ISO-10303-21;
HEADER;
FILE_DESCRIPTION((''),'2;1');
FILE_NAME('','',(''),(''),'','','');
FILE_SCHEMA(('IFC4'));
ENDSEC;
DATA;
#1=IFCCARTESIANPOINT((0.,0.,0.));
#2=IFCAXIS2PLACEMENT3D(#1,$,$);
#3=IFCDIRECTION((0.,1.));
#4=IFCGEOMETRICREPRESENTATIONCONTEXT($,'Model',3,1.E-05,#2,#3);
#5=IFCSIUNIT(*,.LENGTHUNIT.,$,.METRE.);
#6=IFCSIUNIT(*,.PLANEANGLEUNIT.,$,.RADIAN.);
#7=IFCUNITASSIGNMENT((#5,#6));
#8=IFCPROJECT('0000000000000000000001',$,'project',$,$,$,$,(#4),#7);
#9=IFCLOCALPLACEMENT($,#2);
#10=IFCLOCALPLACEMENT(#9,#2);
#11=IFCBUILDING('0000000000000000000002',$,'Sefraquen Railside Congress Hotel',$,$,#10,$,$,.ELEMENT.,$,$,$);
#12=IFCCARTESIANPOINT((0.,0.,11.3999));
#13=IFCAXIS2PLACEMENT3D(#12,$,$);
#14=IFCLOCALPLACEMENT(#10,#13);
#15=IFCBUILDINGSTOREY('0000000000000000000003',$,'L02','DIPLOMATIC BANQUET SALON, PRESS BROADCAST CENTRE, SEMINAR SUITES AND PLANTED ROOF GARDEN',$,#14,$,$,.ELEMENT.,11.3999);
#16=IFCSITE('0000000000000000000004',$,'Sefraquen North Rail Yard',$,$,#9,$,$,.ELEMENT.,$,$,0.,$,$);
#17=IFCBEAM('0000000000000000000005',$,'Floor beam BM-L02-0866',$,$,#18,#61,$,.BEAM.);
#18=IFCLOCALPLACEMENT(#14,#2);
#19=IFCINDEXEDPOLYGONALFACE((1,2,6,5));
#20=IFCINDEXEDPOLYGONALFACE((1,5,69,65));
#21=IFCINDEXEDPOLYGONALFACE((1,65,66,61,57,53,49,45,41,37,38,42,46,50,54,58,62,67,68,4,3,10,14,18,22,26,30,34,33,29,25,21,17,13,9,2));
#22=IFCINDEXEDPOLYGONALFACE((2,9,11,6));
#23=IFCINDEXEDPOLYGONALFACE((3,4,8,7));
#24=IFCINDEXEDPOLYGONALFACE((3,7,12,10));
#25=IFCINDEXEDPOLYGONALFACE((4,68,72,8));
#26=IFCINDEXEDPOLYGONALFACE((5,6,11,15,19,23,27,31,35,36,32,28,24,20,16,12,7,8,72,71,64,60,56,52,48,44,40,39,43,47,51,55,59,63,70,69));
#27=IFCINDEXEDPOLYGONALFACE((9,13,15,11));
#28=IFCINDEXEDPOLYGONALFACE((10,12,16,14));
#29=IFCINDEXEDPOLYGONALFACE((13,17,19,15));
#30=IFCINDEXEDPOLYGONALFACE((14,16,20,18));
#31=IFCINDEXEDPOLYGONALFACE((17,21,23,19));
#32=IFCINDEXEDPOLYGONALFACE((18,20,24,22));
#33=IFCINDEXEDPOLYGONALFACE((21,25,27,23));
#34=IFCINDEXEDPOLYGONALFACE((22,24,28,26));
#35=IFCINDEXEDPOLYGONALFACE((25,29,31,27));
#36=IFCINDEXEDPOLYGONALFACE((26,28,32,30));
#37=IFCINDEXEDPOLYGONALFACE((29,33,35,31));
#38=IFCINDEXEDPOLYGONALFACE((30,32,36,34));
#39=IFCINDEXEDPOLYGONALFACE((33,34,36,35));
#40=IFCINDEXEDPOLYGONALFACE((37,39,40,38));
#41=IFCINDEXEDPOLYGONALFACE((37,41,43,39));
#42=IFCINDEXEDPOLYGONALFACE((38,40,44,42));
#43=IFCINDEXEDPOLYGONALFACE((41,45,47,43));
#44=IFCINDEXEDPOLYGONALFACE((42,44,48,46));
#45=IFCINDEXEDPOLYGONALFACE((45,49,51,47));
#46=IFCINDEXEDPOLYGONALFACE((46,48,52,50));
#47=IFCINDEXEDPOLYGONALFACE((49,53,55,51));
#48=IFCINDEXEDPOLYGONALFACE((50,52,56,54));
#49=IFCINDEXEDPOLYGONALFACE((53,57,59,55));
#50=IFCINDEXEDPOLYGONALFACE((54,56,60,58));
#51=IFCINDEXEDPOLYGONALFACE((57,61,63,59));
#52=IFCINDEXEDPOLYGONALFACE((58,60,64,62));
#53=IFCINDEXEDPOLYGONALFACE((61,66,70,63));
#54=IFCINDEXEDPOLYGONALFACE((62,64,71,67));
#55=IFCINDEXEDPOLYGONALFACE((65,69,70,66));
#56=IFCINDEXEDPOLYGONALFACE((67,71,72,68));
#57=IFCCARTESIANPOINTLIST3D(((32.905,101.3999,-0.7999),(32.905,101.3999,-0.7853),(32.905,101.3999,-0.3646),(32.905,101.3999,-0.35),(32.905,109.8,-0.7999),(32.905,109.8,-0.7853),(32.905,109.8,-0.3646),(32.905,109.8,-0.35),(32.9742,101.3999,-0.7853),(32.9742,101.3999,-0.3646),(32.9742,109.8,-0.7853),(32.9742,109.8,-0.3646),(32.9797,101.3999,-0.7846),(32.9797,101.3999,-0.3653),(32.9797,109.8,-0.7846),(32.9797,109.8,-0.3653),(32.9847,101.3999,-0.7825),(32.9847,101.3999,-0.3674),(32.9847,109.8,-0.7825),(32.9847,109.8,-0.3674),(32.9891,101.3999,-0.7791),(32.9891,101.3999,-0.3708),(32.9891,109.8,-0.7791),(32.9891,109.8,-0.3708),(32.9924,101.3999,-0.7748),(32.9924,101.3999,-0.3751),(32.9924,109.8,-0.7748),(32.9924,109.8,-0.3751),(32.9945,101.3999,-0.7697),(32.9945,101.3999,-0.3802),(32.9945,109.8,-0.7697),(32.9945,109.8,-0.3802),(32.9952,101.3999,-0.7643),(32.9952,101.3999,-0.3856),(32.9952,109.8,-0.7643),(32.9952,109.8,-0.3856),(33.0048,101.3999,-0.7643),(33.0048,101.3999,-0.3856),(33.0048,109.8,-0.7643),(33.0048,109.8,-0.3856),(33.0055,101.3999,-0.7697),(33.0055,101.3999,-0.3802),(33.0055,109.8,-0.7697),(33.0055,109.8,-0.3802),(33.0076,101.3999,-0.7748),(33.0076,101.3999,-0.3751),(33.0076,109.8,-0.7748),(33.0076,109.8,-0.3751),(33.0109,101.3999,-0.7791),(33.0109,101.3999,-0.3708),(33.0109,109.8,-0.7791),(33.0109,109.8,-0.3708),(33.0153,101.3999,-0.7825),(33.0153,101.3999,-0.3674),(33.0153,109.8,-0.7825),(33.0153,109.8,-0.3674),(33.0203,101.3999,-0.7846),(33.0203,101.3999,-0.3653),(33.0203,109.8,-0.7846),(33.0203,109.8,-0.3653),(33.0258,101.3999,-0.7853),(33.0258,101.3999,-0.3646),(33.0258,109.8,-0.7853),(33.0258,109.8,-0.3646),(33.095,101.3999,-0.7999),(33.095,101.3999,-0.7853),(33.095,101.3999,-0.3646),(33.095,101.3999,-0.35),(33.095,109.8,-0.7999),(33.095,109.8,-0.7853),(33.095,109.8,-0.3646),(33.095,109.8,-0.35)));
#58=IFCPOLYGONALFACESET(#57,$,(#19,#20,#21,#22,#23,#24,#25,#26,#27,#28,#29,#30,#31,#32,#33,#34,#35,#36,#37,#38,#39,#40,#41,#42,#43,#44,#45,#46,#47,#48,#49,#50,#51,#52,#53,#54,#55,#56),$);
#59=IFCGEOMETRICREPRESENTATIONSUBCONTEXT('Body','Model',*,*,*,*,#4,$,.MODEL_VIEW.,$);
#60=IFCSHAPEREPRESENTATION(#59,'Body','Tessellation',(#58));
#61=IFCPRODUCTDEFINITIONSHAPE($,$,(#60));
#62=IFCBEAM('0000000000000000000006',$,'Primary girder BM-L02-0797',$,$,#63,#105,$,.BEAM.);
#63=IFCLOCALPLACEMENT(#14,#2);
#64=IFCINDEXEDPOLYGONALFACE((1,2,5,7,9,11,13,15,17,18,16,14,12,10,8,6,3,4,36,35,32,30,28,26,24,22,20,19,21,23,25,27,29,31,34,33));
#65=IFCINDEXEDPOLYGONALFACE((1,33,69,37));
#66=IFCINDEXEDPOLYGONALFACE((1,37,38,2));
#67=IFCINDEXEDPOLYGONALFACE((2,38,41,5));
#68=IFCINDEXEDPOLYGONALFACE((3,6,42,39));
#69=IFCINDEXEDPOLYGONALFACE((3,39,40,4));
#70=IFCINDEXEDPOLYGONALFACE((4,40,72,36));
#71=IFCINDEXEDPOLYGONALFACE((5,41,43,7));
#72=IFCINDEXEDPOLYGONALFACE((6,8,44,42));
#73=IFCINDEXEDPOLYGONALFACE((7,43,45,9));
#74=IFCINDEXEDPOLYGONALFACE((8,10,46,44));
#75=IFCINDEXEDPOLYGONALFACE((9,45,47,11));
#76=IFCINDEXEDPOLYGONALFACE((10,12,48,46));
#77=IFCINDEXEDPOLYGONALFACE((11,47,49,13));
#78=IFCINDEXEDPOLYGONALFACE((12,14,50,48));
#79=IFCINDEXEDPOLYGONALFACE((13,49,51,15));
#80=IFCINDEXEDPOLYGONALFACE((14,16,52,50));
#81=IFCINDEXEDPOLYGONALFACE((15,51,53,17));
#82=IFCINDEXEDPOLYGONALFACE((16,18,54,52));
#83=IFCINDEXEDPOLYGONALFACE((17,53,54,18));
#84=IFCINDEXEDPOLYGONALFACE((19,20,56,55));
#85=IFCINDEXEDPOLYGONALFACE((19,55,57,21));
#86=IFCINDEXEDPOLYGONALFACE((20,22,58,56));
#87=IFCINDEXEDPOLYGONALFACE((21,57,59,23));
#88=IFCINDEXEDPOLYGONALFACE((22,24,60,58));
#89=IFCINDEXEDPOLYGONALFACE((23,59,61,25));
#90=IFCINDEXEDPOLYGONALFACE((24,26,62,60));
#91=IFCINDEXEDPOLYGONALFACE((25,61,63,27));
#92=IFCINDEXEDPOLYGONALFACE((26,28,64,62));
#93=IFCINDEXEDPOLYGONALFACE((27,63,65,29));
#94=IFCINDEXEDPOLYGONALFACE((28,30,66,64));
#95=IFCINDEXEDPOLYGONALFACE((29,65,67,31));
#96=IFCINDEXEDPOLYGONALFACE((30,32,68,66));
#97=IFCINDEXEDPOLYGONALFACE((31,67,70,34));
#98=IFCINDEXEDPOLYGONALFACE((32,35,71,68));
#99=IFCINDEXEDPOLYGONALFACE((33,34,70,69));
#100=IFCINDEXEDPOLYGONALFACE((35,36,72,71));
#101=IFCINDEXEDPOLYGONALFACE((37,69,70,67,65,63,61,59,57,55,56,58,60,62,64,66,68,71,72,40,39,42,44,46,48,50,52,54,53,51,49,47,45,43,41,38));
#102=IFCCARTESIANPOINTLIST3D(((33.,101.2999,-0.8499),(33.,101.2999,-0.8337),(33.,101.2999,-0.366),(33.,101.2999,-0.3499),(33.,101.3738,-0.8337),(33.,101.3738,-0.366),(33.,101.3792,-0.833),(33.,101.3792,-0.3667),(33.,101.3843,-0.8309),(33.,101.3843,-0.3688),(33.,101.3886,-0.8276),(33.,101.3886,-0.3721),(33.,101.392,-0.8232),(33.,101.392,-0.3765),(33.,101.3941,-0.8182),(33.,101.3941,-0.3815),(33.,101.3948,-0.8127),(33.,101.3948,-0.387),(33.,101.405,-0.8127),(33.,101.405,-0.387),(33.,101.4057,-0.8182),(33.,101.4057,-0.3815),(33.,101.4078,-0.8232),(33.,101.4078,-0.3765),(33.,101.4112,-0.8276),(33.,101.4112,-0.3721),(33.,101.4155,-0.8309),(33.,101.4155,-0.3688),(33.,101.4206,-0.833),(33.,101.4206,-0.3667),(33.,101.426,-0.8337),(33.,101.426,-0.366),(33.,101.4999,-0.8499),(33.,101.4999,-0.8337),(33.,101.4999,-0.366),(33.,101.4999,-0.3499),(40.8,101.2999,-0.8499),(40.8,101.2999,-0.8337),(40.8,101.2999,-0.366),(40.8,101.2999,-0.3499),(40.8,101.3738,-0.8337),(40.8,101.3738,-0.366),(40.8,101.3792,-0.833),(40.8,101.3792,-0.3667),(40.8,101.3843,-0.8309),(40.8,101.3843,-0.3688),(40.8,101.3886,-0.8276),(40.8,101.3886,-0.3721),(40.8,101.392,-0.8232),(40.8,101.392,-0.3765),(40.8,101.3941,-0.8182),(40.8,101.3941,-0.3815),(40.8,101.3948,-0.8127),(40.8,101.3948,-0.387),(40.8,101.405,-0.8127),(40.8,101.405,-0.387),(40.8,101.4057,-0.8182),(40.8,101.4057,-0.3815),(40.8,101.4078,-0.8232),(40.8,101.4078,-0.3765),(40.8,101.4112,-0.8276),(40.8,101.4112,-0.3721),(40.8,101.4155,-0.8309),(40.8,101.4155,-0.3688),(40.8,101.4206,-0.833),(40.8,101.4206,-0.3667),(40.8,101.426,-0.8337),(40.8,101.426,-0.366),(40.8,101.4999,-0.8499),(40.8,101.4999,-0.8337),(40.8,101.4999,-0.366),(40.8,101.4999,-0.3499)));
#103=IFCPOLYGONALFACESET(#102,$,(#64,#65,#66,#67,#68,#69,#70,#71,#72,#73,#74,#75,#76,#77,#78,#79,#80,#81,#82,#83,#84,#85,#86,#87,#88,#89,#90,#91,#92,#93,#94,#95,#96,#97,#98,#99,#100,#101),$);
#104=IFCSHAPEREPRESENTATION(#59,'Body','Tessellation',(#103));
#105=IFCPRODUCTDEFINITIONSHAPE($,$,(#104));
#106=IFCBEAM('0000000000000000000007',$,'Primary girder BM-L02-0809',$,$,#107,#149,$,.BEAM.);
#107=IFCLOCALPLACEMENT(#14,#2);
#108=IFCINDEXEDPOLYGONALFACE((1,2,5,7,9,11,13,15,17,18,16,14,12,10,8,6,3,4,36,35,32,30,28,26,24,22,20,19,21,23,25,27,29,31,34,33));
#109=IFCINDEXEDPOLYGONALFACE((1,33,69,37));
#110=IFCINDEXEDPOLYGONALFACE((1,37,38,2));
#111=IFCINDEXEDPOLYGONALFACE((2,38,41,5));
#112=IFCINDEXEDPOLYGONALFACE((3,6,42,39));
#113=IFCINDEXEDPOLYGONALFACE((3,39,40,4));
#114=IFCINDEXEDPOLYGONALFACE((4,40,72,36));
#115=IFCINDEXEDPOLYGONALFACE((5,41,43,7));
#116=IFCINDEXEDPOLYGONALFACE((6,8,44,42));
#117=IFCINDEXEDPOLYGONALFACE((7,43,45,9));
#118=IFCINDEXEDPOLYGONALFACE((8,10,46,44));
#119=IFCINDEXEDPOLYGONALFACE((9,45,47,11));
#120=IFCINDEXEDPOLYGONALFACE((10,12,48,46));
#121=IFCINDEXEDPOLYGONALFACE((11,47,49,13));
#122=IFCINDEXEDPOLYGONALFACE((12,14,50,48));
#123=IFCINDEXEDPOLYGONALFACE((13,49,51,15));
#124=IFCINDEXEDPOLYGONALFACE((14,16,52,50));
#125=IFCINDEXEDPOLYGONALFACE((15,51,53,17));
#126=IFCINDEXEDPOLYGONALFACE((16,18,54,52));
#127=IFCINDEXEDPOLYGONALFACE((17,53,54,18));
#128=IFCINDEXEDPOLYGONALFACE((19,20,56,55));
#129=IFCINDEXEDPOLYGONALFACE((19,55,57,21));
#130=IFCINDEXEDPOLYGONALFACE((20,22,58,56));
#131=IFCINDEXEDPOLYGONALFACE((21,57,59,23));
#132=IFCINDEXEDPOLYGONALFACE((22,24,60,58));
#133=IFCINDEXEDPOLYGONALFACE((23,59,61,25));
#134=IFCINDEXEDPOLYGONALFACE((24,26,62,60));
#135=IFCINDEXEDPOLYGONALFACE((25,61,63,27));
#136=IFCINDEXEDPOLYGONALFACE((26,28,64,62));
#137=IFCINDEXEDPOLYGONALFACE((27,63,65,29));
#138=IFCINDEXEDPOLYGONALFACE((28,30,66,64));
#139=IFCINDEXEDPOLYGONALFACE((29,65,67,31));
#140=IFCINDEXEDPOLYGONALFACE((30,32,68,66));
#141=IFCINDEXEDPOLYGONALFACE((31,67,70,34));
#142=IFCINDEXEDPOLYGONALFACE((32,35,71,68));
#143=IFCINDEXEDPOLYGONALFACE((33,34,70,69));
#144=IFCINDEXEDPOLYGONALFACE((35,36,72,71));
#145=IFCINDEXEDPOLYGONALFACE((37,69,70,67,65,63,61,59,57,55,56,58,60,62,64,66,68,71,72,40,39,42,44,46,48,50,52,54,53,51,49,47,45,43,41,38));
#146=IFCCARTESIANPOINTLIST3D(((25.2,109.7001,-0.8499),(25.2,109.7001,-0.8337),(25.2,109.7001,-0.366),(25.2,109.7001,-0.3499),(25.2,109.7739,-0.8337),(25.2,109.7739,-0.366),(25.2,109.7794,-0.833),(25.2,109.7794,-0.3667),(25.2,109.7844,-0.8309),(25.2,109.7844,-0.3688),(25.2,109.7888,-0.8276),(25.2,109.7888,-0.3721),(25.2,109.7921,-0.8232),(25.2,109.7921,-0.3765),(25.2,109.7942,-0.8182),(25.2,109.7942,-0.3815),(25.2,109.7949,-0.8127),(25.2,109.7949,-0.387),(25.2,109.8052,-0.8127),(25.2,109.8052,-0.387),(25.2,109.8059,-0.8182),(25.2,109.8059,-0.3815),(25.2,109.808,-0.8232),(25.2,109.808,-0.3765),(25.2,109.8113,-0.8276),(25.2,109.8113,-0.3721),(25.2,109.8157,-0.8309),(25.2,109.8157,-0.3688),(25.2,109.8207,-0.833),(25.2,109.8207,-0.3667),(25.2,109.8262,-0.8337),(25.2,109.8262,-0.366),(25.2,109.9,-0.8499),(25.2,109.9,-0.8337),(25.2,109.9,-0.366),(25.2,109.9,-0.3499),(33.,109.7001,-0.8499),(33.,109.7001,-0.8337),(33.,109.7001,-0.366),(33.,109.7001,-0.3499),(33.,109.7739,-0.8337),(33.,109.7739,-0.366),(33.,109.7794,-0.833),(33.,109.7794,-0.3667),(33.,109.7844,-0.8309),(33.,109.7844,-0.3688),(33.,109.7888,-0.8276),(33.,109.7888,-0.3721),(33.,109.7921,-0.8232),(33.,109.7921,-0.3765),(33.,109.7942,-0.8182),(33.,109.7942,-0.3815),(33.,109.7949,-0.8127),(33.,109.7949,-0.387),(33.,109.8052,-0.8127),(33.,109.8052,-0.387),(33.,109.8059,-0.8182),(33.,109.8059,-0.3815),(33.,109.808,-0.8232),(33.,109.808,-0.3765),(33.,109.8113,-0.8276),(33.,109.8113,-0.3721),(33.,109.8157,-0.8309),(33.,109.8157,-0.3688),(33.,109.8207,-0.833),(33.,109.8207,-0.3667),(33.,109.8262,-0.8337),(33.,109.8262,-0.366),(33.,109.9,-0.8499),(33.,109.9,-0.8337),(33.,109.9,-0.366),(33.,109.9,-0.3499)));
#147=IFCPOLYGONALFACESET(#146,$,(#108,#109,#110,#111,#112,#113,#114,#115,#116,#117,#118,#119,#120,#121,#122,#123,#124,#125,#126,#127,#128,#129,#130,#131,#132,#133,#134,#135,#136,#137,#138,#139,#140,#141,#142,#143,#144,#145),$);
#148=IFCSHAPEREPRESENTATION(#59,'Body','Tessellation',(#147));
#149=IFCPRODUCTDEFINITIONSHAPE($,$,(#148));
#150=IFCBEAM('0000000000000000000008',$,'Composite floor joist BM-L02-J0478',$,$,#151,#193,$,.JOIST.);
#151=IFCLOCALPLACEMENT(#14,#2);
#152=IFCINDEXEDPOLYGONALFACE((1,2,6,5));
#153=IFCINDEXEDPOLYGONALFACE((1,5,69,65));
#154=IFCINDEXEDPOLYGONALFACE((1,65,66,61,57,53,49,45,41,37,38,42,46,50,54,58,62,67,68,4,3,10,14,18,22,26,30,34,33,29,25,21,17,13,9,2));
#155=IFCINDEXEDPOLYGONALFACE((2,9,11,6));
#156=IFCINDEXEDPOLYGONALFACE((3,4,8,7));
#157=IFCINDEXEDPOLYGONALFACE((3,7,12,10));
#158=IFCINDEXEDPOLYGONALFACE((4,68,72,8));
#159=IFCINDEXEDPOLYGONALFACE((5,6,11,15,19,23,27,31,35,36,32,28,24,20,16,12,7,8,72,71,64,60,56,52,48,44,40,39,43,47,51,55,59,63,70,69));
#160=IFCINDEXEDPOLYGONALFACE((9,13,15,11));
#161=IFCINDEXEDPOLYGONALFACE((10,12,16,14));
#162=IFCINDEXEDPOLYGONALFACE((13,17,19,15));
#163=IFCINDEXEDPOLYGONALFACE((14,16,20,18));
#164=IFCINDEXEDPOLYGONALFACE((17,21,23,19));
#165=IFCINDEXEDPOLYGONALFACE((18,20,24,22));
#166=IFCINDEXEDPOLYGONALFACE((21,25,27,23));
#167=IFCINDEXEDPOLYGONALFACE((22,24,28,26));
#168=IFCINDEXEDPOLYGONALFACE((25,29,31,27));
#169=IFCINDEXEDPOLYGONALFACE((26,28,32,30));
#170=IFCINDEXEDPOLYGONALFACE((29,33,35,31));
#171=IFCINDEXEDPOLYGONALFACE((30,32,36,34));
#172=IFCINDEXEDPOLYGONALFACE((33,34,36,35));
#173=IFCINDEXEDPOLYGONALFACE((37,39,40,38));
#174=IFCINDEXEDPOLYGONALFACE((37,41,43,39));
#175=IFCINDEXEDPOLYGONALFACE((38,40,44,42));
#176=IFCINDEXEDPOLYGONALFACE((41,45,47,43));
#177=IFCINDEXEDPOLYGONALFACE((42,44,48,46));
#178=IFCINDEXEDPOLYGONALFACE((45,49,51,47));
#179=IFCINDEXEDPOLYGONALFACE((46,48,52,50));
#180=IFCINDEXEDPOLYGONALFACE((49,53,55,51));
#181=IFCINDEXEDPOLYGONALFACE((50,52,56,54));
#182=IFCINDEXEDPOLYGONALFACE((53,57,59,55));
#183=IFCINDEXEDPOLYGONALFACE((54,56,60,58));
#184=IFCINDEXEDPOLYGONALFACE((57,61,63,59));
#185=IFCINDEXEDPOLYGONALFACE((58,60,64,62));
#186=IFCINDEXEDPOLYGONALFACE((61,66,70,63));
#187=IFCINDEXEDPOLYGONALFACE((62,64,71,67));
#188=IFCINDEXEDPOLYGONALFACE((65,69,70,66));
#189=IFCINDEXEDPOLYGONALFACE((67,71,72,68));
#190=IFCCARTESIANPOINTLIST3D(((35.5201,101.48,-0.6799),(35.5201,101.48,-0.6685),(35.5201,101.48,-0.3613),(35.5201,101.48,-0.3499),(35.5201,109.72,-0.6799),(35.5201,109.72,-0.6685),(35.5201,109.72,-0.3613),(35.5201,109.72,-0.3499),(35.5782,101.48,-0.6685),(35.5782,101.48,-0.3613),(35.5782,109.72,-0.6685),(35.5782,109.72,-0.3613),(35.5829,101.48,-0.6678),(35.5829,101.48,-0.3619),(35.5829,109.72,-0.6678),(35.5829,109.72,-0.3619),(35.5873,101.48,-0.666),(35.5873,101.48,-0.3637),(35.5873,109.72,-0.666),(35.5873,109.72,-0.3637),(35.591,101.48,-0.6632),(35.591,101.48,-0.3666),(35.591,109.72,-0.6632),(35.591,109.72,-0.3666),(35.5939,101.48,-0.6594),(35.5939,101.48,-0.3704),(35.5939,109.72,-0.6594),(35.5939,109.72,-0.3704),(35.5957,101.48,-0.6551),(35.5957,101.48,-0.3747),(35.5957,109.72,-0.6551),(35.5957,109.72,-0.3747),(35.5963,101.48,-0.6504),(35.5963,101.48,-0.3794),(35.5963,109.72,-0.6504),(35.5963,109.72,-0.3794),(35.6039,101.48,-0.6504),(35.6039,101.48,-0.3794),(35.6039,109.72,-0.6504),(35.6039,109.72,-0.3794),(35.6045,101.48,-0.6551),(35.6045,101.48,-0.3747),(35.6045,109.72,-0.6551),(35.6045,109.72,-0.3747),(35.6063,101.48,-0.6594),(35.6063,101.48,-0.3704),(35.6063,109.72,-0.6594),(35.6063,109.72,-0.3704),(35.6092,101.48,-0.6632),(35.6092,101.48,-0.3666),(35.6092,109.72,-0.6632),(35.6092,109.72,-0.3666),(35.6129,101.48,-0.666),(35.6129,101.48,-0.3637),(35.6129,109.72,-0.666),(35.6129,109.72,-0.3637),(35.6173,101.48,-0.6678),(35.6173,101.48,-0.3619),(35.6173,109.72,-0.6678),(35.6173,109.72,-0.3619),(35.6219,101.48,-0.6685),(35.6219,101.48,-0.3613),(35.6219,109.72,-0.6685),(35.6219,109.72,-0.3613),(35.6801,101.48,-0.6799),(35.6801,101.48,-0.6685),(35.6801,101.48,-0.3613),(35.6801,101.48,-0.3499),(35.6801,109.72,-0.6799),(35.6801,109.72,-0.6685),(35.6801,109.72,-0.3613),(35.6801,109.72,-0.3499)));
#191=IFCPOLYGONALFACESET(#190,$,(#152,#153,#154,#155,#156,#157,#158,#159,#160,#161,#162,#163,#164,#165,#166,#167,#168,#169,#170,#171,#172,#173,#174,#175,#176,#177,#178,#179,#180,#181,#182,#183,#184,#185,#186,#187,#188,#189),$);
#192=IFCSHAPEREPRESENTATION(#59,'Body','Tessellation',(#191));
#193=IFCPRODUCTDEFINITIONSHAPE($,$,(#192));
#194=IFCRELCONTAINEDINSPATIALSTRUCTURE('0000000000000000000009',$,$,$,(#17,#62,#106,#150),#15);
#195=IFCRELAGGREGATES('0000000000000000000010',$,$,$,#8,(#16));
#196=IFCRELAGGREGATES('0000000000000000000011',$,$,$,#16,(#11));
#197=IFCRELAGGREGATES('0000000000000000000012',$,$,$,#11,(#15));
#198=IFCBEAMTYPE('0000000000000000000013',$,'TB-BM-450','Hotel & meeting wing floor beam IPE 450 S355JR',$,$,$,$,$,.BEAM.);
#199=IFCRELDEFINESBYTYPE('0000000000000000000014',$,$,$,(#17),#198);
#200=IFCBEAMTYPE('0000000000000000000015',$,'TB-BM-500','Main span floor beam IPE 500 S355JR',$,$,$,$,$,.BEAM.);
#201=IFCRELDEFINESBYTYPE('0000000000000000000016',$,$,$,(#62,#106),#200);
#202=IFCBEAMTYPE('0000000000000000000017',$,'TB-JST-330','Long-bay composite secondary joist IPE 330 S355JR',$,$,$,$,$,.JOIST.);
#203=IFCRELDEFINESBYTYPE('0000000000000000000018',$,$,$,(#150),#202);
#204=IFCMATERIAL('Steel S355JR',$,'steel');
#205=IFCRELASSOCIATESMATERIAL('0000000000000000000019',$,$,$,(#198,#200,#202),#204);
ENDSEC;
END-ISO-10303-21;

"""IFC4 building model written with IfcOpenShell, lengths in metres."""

from ifc_helpers import new_model, si_unit, direction, frame, origin, origin_2d, place, context, subcontext, project, spatial, i_section, extrude, material, material_profile, profile_set, type_object, element, save


model = new_model("IFC4")

# Units and contexts
model_context = context("Model", 3, precision=1e-05, world=origin(), true_north=direction((0.0, 1.0)))
body_context = subcontext(model_context, "Body", "Model", "MODEL_VIEW")
ifc_project = project(units=[si_unit("LENGTHUNIT", "METRE"), si_unit("PLANEANGLEUNIT", "RADIAN")], contexts=[model_context])

# Site, building, storey
site_placement = place(None, origin())
site = spatial("IfcSite", under=ifc_project, at=site_placement, Name="Sefraquen North Rail Yard", CompositionType="ELEMENT", RefElevation=0.0)
building_placement = place(site_placement, origin())
building = spatial("IfcBuilding", under=site, at=building_placement, Name="Sefraquen Railside Congress Hotel", CompositionType="ELEMENT")
storey_placement = place(building_placement, frame((0.0, 0.0, 11.3999)))
storey = spatial("IfcBuildingStorey", under=building, at=storey_placement, Name="L02", Description="DIPLOMATIC BANQUET SALON, PRESS BROADCAST CENTRE, SEMINAR SUITES AND PLANTED ROOF GARDEN", CompositionType="ELEMENT", Elevation=11.3999)

# Shared definitions
ifc_material_1 = material(Name="Steel S355JR", Category="steel")

# Beams
ifc_material_profile_1 = material_profile(ifc_material_1, i_section(OverallWidth=0.1899, OverallDepth=0.45, WebThickness=0.0095, FlangeThickness=0.0146, FilletRadius=0.021, at=origin_2d()), Name="IPE 450")
ifc_profile_set_1 = profile_set([ifc_material_profile_1], Name="Steel S355JR")
beam_type_1 = type_object("IfcBeamType", Name="TB-BM-450", Description="Hotel & meeting wing floor beam IPE 450 S355JR", PredefinedType="BEAM", material=ifc_profile_set_1)
for number, where, z_axis, x_axis, name in (
    (1, (33.0, 101.3999, -0.575), (0.0, 1.0, 0.0), (-1.0, 0.0, 0.0), "Floor beam BM-L02-0866"),
):
    element("IfcBeam", number, at=place(storey_placement, frame(where, z_axis=z_axis, x_axis=x_axis)), inside=storey, type_object=beam_type_1, Name=name, PredefinedType="BEAM", context=body_context, shape_type="SweptSolid", body=[
        extrude(i_section(OverallWidth=0.1899, OverallDepth=0.45, WebThickness=0.0095, FlangeThickness=0.0146, FilletRadius=0.021, at=origin_2d()), origin(), (0.0, 0.0, 1.0), 8.4001),
    ])
ifc_material_profile_2 = material_profile(ifc_material_1, i_section(OverallWidth=0.2, OverallDepth=0.5, WebThickness=0.0103, FlangeThickness=0.0161, FilletRadius=0.021, at=origin_2d()), Name="IPE 500")
ifc_profile_set_2 = profile_set([ifc_material_profile_2], Name="Steel S355JR")
beam_type_2 = type_object("IfcBeamType", Name="TB-BM-500", Description="Main span floor beam IPE 500 S355JR", PredefinedType="BEAM", material=ifc_profile_set_2)
for number, where, z_axis, x_axis, name in (
    (2, (33.0, 101.3999, -0.5999), (1.0, 0.0, 0.0), (0.0, 1.0, 0.0), "Primary girder BM-L02-0797"),
    (3, (25.2, 109.8, -0.5999), (1.0, 0.0, 0.0), (0.0, 1.0, 0.0), "Primary girder BM-L02-0809"),
):
    element("IfcBeam", number, at=place(storey_placement, frame(where, z_axis=z_axis, x_axis=x_axis)), inside=storey, type_object=beam_type_2, Name=name, PredefinedType="BEAM", context=body_context, shape_type="SweptSolid", body=[
        extrude(i_section(OverallWidth=0.2, OverallDepth=0.5, WebThickness=0.0103, FlangeThickness=0.0161, FilletRadius=0.021, at=origin_2d()), origin(), (0.0, 0.0, 1.0), 7.8),
    ])
ifc_material_profile_3 = material_profile(ifc_material_1, i_section(OverallWidth=0.1599, OverallDepth=0.3301, WebThickness=0.0076, FlangeThickness=0.0115, FilletRadius=0.0181, at=origin_2d()), Name="IPE 330")
ifc_profile_set_3 = profile_set([ifc_material_profile_3], Name="Steel S355JR")
beam_type_3 = type_object("IfcBeamType", Name="TB-JST-330", Description="Long-bay composite secondary joist IPE 330 S355JR", PredefinedType="JOIST", material=ifc_profile_set_3)
beam_placement = place(storey_placement, frame((35.6001, 101.48, -0.5149), z_axis=(0.0, 1.0, 0.0), x_axis=(-1.0, 0.0, 0.0)))
element("IfcBeam", 4, at=beam_placement, inside=storey, type_object=beam_type_3, Name="Composite floor joist BM-L02-J0478", PredefinedType="JOIST", context=body_context, shape_type="SweptSolid", body=[
    extrude(i_section(OverallWidth=0.1599, OverallDepth=0.3301, WebThickness=0.0076, FlangeThickness=0.0115, FilletRadius=0.0181, at=origin_2d()), origin(), (0.0, 0.0, 1.0), 8.24),
])

save(model, "model.ifc")
